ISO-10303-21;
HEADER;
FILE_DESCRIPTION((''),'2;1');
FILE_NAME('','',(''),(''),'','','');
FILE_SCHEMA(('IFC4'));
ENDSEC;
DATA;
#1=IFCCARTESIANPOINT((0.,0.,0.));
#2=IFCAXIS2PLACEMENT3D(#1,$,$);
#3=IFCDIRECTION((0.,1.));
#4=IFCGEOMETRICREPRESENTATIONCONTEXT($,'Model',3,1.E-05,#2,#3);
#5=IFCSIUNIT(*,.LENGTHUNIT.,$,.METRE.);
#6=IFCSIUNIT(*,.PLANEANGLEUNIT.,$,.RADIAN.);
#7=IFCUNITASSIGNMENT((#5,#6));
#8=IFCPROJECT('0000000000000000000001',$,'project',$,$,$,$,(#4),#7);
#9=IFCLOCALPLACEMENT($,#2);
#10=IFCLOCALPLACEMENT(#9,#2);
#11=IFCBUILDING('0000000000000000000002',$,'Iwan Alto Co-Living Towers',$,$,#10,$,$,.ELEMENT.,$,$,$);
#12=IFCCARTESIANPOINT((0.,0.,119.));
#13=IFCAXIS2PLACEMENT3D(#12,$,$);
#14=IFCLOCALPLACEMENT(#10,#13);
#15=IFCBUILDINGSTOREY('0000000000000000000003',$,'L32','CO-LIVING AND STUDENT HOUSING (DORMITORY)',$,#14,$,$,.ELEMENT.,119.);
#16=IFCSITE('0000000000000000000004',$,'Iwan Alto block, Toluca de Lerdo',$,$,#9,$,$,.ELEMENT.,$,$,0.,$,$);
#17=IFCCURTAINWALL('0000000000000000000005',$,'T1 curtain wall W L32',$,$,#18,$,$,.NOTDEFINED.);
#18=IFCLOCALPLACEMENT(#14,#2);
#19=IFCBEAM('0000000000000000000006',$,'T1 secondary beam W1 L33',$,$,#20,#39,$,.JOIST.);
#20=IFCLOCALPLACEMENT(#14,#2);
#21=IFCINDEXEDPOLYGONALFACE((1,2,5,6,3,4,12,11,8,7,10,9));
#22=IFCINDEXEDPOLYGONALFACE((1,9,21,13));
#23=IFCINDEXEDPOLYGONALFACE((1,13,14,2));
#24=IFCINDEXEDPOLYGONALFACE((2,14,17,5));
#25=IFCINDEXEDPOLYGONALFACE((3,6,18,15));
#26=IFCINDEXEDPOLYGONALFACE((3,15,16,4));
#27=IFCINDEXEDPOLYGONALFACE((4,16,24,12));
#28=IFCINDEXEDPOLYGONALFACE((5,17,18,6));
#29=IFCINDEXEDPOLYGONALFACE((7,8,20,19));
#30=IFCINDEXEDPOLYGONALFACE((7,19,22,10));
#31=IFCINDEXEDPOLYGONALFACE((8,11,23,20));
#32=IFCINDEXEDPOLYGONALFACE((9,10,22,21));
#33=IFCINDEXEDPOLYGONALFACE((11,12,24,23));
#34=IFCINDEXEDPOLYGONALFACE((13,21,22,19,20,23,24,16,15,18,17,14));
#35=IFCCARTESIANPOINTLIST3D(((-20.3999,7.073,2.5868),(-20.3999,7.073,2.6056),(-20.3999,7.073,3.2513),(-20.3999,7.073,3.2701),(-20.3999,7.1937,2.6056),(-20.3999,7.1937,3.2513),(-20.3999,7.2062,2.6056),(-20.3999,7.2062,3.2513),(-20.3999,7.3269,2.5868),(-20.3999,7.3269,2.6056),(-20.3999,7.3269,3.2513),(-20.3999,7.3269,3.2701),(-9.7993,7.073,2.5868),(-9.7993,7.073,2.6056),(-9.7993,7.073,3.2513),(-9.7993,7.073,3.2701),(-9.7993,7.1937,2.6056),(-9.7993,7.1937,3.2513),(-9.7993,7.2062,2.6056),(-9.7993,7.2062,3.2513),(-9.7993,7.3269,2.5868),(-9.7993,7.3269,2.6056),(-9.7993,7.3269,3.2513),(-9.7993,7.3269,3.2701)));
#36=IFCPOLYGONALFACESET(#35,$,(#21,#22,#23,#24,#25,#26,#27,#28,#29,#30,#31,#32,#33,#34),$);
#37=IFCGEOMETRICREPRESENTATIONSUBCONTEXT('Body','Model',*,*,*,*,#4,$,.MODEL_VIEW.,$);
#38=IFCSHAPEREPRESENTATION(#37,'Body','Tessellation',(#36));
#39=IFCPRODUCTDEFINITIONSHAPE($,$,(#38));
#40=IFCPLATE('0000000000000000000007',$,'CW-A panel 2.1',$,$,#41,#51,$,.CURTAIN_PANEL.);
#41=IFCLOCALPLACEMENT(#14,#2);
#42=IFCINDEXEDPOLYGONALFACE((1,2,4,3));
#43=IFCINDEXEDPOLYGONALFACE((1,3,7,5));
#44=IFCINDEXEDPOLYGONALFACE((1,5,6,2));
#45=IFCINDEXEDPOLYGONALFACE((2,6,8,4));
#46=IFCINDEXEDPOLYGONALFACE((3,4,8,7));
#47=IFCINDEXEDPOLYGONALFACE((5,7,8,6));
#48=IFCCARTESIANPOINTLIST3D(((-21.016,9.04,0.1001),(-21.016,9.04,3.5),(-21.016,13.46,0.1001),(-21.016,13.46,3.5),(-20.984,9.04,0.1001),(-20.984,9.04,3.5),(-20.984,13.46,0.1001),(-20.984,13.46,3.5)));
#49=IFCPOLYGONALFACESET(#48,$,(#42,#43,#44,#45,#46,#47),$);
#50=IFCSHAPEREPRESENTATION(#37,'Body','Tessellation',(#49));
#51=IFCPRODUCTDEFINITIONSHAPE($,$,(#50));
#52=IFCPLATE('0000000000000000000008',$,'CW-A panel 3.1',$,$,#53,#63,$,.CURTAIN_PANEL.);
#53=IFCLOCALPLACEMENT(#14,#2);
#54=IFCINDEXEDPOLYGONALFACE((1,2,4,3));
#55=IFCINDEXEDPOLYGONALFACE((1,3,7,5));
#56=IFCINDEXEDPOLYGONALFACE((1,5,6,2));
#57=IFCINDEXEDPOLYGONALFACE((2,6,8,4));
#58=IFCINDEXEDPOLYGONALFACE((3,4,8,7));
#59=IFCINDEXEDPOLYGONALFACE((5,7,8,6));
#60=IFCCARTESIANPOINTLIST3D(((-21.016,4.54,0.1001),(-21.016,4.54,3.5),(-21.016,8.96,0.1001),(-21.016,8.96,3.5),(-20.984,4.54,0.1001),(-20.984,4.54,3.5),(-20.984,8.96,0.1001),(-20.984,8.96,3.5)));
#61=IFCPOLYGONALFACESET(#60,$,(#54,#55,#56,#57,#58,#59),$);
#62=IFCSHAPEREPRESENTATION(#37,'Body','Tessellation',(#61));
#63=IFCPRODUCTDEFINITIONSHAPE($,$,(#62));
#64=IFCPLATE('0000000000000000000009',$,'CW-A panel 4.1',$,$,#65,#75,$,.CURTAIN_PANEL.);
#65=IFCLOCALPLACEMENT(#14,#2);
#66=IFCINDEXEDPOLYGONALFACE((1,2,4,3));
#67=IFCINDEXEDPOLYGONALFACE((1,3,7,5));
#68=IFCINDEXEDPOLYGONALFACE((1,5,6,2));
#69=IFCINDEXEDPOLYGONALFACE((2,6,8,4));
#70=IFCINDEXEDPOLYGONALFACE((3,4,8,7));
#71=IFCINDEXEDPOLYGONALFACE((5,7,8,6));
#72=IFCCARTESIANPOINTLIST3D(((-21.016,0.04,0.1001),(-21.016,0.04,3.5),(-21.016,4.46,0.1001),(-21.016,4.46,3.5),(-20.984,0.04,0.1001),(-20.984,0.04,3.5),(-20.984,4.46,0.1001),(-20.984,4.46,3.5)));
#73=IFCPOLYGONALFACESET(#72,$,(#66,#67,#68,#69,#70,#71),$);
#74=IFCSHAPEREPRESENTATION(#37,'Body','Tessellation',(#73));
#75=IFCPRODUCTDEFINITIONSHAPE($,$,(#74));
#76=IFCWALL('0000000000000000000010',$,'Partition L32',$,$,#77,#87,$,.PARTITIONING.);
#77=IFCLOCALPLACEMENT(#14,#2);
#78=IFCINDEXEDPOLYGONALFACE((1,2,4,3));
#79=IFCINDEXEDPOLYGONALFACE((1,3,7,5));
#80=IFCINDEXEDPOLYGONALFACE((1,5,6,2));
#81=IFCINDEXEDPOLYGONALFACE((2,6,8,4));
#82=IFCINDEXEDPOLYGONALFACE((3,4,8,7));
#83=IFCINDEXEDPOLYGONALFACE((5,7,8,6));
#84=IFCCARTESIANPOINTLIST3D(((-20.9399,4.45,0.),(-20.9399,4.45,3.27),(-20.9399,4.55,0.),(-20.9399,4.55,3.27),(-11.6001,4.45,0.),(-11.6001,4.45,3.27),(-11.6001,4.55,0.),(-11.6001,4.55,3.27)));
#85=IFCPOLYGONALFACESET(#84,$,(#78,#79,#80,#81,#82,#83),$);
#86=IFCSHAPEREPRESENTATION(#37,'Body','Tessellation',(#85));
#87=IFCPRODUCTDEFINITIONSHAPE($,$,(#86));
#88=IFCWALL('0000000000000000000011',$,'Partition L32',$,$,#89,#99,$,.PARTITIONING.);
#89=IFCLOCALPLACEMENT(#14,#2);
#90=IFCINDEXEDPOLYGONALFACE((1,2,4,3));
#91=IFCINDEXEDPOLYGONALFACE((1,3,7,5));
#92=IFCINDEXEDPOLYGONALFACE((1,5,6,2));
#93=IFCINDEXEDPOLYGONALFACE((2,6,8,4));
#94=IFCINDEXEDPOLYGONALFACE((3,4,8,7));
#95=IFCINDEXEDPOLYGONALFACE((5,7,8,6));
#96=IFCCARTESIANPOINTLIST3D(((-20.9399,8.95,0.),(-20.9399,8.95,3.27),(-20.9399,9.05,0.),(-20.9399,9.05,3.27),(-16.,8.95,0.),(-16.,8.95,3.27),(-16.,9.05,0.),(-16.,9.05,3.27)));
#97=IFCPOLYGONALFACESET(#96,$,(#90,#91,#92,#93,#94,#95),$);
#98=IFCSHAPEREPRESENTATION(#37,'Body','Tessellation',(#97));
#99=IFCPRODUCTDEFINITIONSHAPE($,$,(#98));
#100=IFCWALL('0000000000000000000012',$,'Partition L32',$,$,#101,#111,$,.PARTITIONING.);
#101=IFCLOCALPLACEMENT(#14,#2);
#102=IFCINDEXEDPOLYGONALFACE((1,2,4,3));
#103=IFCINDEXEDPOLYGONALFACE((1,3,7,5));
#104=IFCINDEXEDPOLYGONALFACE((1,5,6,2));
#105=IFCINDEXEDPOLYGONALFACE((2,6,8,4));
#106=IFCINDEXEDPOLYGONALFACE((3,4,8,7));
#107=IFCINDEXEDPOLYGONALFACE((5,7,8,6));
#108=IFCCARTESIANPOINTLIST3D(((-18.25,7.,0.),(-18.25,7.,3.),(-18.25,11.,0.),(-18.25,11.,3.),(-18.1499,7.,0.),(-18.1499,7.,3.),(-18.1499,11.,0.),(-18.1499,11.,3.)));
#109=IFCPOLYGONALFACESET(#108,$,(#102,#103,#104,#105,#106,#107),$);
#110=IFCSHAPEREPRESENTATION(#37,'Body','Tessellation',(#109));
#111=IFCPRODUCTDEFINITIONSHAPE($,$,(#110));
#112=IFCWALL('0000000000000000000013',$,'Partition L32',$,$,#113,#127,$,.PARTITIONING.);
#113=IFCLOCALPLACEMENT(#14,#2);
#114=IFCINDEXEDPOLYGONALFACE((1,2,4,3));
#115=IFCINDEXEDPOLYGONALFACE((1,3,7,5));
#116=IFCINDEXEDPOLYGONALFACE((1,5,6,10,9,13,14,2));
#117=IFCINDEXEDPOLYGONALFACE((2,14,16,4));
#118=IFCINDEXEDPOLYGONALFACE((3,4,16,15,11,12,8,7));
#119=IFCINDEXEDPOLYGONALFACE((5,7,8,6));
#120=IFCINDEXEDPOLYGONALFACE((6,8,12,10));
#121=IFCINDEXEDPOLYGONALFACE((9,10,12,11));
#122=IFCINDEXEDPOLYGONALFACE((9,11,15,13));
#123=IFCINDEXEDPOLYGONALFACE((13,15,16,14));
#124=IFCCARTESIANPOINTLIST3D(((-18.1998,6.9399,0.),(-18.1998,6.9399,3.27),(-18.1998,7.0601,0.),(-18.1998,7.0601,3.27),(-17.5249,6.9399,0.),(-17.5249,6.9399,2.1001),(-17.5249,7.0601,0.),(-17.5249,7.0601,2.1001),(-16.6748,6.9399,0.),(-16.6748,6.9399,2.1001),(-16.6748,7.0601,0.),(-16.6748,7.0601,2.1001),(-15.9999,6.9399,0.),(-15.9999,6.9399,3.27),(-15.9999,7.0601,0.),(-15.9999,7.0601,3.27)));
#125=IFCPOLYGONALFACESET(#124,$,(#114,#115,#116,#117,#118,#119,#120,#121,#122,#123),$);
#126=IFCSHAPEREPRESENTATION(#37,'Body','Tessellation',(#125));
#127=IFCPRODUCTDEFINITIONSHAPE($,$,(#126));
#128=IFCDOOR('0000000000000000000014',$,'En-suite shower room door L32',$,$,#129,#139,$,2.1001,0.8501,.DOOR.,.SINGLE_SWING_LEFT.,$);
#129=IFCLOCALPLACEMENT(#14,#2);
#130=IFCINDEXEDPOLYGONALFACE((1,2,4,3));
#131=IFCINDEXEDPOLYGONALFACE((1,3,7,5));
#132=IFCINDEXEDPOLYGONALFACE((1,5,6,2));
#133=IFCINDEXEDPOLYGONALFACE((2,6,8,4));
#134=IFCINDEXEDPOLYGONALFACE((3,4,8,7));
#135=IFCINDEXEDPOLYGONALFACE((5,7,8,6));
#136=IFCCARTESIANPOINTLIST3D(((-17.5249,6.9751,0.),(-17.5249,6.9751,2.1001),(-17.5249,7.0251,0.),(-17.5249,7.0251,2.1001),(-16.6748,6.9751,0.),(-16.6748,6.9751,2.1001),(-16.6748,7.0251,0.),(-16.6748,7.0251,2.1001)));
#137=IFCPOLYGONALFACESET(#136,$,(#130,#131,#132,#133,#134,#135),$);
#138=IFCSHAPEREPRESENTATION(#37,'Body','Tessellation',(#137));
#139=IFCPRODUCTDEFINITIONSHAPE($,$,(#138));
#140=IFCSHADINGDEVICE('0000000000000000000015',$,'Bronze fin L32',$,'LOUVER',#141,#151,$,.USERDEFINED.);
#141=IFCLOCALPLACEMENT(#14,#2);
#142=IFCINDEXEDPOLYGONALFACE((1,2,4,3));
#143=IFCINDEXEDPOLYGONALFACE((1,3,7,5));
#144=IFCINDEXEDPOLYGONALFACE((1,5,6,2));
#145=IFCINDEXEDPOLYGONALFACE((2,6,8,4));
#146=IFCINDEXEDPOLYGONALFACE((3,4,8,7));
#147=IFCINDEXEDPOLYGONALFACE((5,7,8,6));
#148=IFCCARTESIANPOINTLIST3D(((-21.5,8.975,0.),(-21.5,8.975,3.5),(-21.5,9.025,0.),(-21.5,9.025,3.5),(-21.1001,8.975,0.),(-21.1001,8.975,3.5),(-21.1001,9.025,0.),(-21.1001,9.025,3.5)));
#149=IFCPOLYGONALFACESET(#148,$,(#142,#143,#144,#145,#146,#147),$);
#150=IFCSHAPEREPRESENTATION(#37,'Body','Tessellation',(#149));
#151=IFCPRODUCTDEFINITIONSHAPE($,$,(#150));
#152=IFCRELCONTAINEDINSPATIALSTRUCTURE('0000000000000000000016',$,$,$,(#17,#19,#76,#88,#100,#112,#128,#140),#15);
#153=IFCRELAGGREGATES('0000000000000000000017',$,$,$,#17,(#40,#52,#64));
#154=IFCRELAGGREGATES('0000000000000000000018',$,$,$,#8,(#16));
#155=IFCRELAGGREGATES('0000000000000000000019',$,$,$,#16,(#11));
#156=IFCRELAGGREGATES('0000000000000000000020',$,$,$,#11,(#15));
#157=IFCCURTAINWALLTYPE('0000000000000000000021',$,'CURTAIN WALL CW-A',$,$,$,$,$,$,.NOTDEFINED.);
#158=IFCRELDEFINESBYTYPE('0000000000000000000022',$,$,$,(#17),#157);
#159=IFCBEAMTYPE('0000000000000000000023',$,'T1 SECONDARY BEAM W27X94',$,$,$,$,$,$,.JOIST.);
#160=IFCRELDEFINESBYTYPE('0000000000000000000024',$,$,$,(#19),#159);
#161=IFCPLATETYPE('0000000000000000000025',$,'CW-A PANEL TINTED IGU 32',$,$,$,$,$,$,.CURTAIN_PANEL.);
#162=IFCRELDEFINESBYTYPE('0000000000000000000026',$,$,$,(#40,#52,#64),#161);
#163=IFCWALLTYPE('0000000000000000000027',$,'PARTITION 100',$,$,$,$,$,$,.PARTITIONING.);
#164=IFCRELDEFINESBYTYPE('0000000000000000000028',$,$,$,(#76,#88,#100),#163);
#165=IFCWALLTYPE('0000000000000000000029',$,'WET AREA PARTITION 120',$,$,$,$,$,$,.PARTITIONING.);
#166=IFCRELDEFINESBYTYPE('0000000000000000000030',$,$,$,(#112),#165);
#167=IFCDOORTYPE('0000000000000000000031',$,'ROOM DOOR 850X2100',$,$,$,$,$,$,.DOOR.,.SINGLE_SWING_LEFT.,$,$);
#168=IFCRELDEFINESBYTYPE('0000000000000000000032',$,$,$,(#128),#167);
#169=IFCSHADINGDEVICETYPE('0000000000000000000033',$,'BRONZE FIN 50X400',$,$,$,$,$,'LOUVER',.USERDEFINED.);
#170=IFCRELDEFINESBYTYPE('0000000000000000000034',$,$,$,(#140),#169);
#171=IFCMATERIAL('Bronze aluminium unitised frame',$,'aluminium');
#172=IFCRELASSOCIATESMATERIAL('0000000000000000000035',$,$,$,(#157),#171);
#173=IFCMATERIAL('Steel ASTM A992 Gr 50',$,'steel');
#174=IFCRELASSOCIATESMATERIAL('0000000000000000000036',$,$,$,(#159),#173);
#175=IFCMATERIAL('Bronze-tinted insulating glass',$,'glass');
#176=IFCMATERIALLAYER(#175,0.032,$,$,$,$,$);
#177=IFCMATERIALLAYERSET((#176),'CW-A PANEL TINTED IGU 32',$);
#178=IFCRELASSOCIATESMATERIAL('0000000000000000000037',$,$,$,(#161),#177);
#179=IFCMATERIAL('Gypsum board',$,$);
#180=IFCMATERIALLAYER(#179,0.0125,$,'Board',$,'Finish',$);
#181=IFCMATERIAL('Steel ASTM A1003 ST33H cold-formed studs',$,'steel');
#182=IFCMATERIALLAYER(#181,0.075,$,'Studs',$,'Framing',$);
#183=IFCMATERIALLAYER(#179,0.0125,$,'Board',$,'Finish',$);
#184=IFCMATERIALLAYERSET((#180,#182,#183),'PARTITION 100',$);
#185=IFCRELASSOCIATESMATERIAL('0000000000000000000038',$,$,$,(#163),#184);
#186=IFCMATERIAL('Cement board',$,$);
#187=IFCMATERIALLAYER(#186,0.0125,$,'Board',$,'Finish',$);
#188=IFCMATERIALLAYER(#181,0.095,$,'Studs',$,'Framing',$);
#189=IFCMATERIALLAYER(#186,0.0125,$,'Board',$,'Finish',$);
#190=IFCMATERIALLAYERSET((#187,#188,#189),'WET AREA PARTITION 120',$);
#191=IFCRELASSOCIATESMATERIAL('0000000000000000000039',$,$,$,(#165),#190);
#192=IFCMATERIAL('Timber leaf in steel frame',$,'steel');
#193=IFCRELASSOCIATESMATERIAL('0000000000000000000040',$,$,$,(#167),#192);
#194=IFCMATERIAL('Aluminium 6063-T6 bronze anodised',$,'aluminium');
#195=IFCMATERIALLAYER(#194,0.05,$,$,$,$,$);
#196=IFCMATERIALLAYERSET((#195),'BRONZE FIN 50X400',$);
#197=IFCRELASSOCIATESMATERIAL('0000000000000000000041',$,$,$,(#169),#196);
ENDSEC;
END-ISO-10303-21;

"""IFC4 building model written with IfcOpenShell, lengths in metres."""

from ifc_helpers import new_model, si_unit, direction, frame, frame_2d, origin, origin_2d, place, context, subcontext, project, spatial, rectangle, i_section, extrude, material, layer, layer_set, material_profile, profile_set, type_object, element, fill, aggregate, save


model = new_model("IFC4")

# Units and contexts
model_context = context("Model", 3, precision=1e-05, world=origin(), true_north=direction((0.0, 1.0)))
body_context = subcontext(model_context, "Body", "Model", "MODEL_VIEW")
ifc_project = project(units=[si_unit("LENGTHUNIT", "METRE"), si_unit("PLANEANGLEUNIT", "RADIAN")], contexts=[model_context])

# Site, building, storey
site_placement = place(None, origin())
site = spatial("IfcSite", under=ifc_project, at=site_placement, Name="Iwan Alto block, Toluca de Lerdo", CompositionType="ELEMENT", RefElevation=0.0)
building_placement = place(site_placement, origin())
building = spatial("IfcBuilding", under=site, at=building_placement, Name="Iwan Alto Co-Living Towers", CompositionType="ELEMENT")
storey_placement = place(building_placement, frame((0.0, 0.0, 119.0)))
storey = spatial("IfcBuildingStorey", under=building, at=storey_placement, Name="L32", Description="CO-LIVING AND STUDENT HOUSING (DORMITORY)", CompositionType="ELEMENT", Elevation=119.0)

# Curtain wall
ifc_material_1 = material(Name="Bronze aluminium unitised frame", Category="aluminium")
curtain_wall_type = type_object("IfcCurtainWallType", Name="CURTAIN WALL CW-A", PredefinedType="NOTDEFINED", material=ifc_material_1)
curtain_wall_placement = place(storey_placement, origin())
curtain_wall = element("IfcCurtainWall", 1, at=curtain_wall_placement, inside=storey, type_object=curtain_wall_type, Name="T1 curtain wall W L32", PredefinedType="NOTDEFINED")

# Beam
ifc_material_2 = material(Name="Steel ASTM A992 Gr 50", Category="steel")
ifc_material_profile_1 = material_profile(ifc_material_2, i_section(OverallWidth=0.2539, OverallDepth=0.6833, WebThickness=0.0125, FlangeThickness=0.0188, at=origin_2d()), Name="W27X94")
ifc_profile_set_1 = profile_set([ifc_material_profile_1], Name="Steel ASTM A992 Gr 50")
beam_type_1 = type_object("IfcBeamType", Name="T1 SECONDARY BEAM W27X94", PredefinedType="JOIST", material=ifc_profile_set_1)
beam_1_placement = place(storey_placement, frame((-20.3999, 7.2, 2.9285), z_axis=(1.0, 0.0, 0.0), x_axis=(0.0, 1.0, 0.0)))
element("IfcBeam", 2, at=beam_1_placement, inside=storey, type_object=beam_type_1, Name="T1 secondary beam W1 L33", PredefinedType="JOIST", context=body_context, shape_type="SweptSolid", body=[
    extrude(i_section(OverallWidth=0.2539, OverallDepth=0.6833, WebThickness=0.0125, FlangeThickness=0.0188, at=origin_2d()), origin(), (0.0, 0.0, 1.0), 10.6006),
])

# Plates
ifc_material_3 = material(Name="Bronze-tinted insulating glass", Category="glass")
ifc_layer_1 = layer(ifc_material_3, 0.032)
ifc_layer_set_1 = layer_set([ifc_layer_1], Name="CW-A PANEL TINTED IGU 32")
plate_type = type_object("IfcPlateType", Name="CW-A PANEL TINTED IGU 32", PredefinedType="CURTAIN_PANEL", material=ifc_layer_set_1)
plate_1_placement = place(storey_placement, frame((-21.0, 11.25, 0.1001), z_axis=(0.0, 0.0, 1.0), x_axis=(0.0, -1.0, 0.0)))
plate_1 = element("IfcPlate", 3, at=plate_1_placement, type_object=plate_type, Name="CW-A panel 2.1", PredefinedType="CURTAIN_PANEL", context=body_context, shape_type="SweptSolid", body=[
    extrude(rectangle(XDim=4.4199, YDim=0.032, at=origin_2d()), origin(), (0.0, 0.0, 1.0), 3.3999),
])
plate_2_placement = place(storey_placement, frame((-21.0, 6.75, 0.1001), z_axis=(0.0, 0.0, 1.0), x_axis=(0.0, -1.0, 0.0)))
plate_2 = element("IfcPlate", 4, at=plate_2_placement, type_object=plate_type, Name="CW-A panel 3.1", PredefinedType="CURTAIN_PANEL", context=body_context, shape_type="SweptSolid", body=[
    extrude(rectangle(XDim=4.4199, YDim=0.032, at=origin_2d()), origin(), (0.0, 0.0, 1.0), 3.3999),
])
plate_3_placement = place(storey_placement, frame((-21.0, 2.25, 0.1001), z_axis=(0.0, 0.0, 1.0), x_axis=(0.0, -1.0, 0.0)))
plate_3 = element("IfcPlate", 5, at=plate_3_placement, type_object=plate_type, Name="CW-A panel 4.1", PredefinedType="CURTAIN_PANEL", context=body_context, shape_type="SweptSolid", body=[
    extrude(rectangle(XDim=4.4199, YDim=0.032, at=origin_2d()), origin(), (0.0, 0.0, 1.0), 3.3999),
])
aggregate(curtain_wall, [plate_1, plate_2, plate_3])

# Walls
ifc_material_4 = material(Name="Gypsum board")
ifc_layer_2 = layer(ifc_material_4, 0.0125, Name="Board", Category="Finish")
ifc_material_5 = material(Name="Steel ASTM A1003 ST33H cold-formed studs", Category="steel")
ifc_layer_3 = layer(ifc_material_5, 0.075, Name="Studs", Category="Framing")
ifc_layer_4 = layer(ifc_material_4, 0.0125, Name="Board", Category="Finish")
ifc_layer_set_2 = layer_set([ifc_layer_2, ifc_layer_3, ifc_layer_4], Name="PARTITION 100")
wall_type_1 = type_object("IfcWallType", Name="PARTITION 100", PredefinedType="PARTITIONING", material=ifc_layer_set_2)
wall_1_placement = place(storey_placement, frame((-20.9399, 4.5, 0.0), z_axis=(0.0, 0.0, 1.0), x_axis=(1.0, 0.0, 0.0)))
element("IfcWall", 6, at=wall_1_placement, inside=storey, type_object=wall_type_1, Name="Partition L32", PredefinedType="PARTITIONING", context=body_context, shape_type="SweptSolid", body=[
    extrude(rectangle(XDim=9.3398, YDim=0.1001, at=frame_2d((4.6699, 0.0))), origin(), (0.0, 0.0, 1.0), 3.27),
])
wall_2_placement = place(storey_placement, frame((-20.9399, 9.0, 0.0), z_axis=(0.0, 0.0, 1.0), x_axis=(1.0, 0.0, 0.0)))
element("IfcWall", 7, at=wall_2_placement, inside=storey, type_object=wall_type_1, Name="Partition L32", PredefinedType="PARTITIONING", context=body_context, shape_type="SweptSolid", body=[
    extrude(rectangle(XDim=4.9399, YDim=0.1001, at=frame_2d((2.47, 0.0))), origin(), (0.0, 0.0, 1.0), 3.27),
])
wall_3_placement = place(storey_placement, frame((-18.2, 7.0, 0.0), z_axis=(0.0, 0.0, 1.0), x_axis=(0.0, 1.0, 0.0)))
element("IfcWall", 8, at=wall_3_placement, inside=storey, type_object=wall_type_1, Name="Partition L32", PredefinedType="PARTITIONING", context=body_context, shape_type="SweptSolid", body=[
    extrude(rectangle(XDim=4.0, YDim=0.1001, at=frame_2d((2.0, 0.0))), origin(), (0.0, 0.0, 1.0), 3.0),
])

# Wall, opening, door
ifc_material_6 = material(Name="Cement board")
ifc_layer_5 = layer(ifc_material_6, 0.0125, Name="Board", Category="Finish")
ifc_layer_6 = layer(ifc_material_5, 0.095, Name="Studs", Category="Framing")
ifc_layer_7 = layer(ifc_material_6, 0.0125, Name="Board", Category="Finish")
ifc_layer_set_3 = layer_set([ifc_layer_5, ifc_layer_6, ifc_layer_7], Name="WET AREA PARTITION 120")
wall_type_2 = type_object("IfcWallType", Name="WET AREA PARTITION 120", PredefinedType="PARTITIONING", material=ifc_layer_set_3)
wall_4_placement = place(storey_placement, frame((-18.2, 7.0, 0.0), z_axis=(0.0, 0.0, 1.0), x_axis=(1.0, 0.0, 0.0)))
wall_4 = element("IfcWall", 9, at=wall_4_placement, inside=storey, type_object=wall_type_2, Name="Partition L32", PredefinedType="PARTITIONING", context=body_context, shape_type="SweptSolid", body=[
    extrude(rectangle(XDim=2.2, YDim=0.1201, at=frame_2d((1.1001, 0.0))), origin(), (0.0, 0.0, 1.0), 3.27),
])
opening_placement = place(wall_4_placement, frame((0.675, 0.0, 0.0)))
opening = element("IfcOpeningElement", 10, at=opening_placement, cuts=wall_4, PredefinedType="OPENING", context=body_context, shape_type="SweptSolid", body=[
    extrude(rectangle(XDim=0.8501, YDim=2.1001, at=frame_2d((0.425, 1.05))), frame((0.0, 0.0701, 0.0), z_axis=(0.0, -1.0, 0.0), x_axis=(1.0, 0.0, 0.0)), (0.0, 0.0, 1.0), 0.1401),
])
ifc_material_7 = material(Name="Timber leaf in steel frame", Category="steel")
door_type = type_object("IfcDoorType", Name="ROOM DOOR 850X2100", OperationType="SINGLE_SWING_LEFT", PredefinedType="DOOR", material=ifc_material_7)
door_placement = place(opening_placement, frame((0.8501, 0.0, 0.0), z_axis=(0.0, 0.0, 1.0), x_axis=(-1.0, 0.0, 0.0)))
door = element("IfcDoor", 11, at=door_placement, inside=storey, type_object=door_type, Name="En-suite shower room door L32", OperationType="SINGLE_SWING_LEFT", OverallHeight=2.1001, OverallWidth=0.8501, PredefinedType="DOOR", context=body_context, shape_type="SweptSolid", body=[
    extrude(rectangle(XDim=0.8501, YDim=2.1001, at=frame_2d((0.425, 1.05))), frame((0.0, 0.0249, 0.0), z_axis=(0.0, -1.0, 0.0), x_axis=(1.0, 0.0, 0.0)), (0.0, 0.0, 1.0), 0.05),
])
fill(opening, door)

# Shading device
ifc_material_8 = material(Name="Aluminium 6063-T6 bronze anodised", Category="aluminium")
ifc_layer_8 = layer(ifc_material_8, 0.05)
ifc_layer_set_4 = layer_set([ifc_layer_8], Name="BRONZE FIN 50X400")
shading_device_type = type_object("IfcShadingDeviceType", Name="BRONZE FIN 50X400", ElementType="LOUVER", PredefinedType="USERDEFINED", material=ifc_layer_set_4)
shading_device_placement = place(storey_placement, frame((-21.3, 9.0, 0.0), z_axis=(0.0, 0.0, 1.0), x_axis=(0.0, -1.0, 0.0)))
element("IfcShadingDevice", 12, at=shading_device_placement, inside=storey, type_object=shading_device_type, Name="Bronze fin L32", ObjectType="LOUVER", PredefinedType="USERDEFINED", context=body_context, shape_type="SweptSolid", body=[
    extrude(rectangle(XDim=0.05, YDim=0.3999, at=origin_2d()), origin(), (0.0, 0.0, 1.0), 3.5),
])

save(model, "model.ifc")
